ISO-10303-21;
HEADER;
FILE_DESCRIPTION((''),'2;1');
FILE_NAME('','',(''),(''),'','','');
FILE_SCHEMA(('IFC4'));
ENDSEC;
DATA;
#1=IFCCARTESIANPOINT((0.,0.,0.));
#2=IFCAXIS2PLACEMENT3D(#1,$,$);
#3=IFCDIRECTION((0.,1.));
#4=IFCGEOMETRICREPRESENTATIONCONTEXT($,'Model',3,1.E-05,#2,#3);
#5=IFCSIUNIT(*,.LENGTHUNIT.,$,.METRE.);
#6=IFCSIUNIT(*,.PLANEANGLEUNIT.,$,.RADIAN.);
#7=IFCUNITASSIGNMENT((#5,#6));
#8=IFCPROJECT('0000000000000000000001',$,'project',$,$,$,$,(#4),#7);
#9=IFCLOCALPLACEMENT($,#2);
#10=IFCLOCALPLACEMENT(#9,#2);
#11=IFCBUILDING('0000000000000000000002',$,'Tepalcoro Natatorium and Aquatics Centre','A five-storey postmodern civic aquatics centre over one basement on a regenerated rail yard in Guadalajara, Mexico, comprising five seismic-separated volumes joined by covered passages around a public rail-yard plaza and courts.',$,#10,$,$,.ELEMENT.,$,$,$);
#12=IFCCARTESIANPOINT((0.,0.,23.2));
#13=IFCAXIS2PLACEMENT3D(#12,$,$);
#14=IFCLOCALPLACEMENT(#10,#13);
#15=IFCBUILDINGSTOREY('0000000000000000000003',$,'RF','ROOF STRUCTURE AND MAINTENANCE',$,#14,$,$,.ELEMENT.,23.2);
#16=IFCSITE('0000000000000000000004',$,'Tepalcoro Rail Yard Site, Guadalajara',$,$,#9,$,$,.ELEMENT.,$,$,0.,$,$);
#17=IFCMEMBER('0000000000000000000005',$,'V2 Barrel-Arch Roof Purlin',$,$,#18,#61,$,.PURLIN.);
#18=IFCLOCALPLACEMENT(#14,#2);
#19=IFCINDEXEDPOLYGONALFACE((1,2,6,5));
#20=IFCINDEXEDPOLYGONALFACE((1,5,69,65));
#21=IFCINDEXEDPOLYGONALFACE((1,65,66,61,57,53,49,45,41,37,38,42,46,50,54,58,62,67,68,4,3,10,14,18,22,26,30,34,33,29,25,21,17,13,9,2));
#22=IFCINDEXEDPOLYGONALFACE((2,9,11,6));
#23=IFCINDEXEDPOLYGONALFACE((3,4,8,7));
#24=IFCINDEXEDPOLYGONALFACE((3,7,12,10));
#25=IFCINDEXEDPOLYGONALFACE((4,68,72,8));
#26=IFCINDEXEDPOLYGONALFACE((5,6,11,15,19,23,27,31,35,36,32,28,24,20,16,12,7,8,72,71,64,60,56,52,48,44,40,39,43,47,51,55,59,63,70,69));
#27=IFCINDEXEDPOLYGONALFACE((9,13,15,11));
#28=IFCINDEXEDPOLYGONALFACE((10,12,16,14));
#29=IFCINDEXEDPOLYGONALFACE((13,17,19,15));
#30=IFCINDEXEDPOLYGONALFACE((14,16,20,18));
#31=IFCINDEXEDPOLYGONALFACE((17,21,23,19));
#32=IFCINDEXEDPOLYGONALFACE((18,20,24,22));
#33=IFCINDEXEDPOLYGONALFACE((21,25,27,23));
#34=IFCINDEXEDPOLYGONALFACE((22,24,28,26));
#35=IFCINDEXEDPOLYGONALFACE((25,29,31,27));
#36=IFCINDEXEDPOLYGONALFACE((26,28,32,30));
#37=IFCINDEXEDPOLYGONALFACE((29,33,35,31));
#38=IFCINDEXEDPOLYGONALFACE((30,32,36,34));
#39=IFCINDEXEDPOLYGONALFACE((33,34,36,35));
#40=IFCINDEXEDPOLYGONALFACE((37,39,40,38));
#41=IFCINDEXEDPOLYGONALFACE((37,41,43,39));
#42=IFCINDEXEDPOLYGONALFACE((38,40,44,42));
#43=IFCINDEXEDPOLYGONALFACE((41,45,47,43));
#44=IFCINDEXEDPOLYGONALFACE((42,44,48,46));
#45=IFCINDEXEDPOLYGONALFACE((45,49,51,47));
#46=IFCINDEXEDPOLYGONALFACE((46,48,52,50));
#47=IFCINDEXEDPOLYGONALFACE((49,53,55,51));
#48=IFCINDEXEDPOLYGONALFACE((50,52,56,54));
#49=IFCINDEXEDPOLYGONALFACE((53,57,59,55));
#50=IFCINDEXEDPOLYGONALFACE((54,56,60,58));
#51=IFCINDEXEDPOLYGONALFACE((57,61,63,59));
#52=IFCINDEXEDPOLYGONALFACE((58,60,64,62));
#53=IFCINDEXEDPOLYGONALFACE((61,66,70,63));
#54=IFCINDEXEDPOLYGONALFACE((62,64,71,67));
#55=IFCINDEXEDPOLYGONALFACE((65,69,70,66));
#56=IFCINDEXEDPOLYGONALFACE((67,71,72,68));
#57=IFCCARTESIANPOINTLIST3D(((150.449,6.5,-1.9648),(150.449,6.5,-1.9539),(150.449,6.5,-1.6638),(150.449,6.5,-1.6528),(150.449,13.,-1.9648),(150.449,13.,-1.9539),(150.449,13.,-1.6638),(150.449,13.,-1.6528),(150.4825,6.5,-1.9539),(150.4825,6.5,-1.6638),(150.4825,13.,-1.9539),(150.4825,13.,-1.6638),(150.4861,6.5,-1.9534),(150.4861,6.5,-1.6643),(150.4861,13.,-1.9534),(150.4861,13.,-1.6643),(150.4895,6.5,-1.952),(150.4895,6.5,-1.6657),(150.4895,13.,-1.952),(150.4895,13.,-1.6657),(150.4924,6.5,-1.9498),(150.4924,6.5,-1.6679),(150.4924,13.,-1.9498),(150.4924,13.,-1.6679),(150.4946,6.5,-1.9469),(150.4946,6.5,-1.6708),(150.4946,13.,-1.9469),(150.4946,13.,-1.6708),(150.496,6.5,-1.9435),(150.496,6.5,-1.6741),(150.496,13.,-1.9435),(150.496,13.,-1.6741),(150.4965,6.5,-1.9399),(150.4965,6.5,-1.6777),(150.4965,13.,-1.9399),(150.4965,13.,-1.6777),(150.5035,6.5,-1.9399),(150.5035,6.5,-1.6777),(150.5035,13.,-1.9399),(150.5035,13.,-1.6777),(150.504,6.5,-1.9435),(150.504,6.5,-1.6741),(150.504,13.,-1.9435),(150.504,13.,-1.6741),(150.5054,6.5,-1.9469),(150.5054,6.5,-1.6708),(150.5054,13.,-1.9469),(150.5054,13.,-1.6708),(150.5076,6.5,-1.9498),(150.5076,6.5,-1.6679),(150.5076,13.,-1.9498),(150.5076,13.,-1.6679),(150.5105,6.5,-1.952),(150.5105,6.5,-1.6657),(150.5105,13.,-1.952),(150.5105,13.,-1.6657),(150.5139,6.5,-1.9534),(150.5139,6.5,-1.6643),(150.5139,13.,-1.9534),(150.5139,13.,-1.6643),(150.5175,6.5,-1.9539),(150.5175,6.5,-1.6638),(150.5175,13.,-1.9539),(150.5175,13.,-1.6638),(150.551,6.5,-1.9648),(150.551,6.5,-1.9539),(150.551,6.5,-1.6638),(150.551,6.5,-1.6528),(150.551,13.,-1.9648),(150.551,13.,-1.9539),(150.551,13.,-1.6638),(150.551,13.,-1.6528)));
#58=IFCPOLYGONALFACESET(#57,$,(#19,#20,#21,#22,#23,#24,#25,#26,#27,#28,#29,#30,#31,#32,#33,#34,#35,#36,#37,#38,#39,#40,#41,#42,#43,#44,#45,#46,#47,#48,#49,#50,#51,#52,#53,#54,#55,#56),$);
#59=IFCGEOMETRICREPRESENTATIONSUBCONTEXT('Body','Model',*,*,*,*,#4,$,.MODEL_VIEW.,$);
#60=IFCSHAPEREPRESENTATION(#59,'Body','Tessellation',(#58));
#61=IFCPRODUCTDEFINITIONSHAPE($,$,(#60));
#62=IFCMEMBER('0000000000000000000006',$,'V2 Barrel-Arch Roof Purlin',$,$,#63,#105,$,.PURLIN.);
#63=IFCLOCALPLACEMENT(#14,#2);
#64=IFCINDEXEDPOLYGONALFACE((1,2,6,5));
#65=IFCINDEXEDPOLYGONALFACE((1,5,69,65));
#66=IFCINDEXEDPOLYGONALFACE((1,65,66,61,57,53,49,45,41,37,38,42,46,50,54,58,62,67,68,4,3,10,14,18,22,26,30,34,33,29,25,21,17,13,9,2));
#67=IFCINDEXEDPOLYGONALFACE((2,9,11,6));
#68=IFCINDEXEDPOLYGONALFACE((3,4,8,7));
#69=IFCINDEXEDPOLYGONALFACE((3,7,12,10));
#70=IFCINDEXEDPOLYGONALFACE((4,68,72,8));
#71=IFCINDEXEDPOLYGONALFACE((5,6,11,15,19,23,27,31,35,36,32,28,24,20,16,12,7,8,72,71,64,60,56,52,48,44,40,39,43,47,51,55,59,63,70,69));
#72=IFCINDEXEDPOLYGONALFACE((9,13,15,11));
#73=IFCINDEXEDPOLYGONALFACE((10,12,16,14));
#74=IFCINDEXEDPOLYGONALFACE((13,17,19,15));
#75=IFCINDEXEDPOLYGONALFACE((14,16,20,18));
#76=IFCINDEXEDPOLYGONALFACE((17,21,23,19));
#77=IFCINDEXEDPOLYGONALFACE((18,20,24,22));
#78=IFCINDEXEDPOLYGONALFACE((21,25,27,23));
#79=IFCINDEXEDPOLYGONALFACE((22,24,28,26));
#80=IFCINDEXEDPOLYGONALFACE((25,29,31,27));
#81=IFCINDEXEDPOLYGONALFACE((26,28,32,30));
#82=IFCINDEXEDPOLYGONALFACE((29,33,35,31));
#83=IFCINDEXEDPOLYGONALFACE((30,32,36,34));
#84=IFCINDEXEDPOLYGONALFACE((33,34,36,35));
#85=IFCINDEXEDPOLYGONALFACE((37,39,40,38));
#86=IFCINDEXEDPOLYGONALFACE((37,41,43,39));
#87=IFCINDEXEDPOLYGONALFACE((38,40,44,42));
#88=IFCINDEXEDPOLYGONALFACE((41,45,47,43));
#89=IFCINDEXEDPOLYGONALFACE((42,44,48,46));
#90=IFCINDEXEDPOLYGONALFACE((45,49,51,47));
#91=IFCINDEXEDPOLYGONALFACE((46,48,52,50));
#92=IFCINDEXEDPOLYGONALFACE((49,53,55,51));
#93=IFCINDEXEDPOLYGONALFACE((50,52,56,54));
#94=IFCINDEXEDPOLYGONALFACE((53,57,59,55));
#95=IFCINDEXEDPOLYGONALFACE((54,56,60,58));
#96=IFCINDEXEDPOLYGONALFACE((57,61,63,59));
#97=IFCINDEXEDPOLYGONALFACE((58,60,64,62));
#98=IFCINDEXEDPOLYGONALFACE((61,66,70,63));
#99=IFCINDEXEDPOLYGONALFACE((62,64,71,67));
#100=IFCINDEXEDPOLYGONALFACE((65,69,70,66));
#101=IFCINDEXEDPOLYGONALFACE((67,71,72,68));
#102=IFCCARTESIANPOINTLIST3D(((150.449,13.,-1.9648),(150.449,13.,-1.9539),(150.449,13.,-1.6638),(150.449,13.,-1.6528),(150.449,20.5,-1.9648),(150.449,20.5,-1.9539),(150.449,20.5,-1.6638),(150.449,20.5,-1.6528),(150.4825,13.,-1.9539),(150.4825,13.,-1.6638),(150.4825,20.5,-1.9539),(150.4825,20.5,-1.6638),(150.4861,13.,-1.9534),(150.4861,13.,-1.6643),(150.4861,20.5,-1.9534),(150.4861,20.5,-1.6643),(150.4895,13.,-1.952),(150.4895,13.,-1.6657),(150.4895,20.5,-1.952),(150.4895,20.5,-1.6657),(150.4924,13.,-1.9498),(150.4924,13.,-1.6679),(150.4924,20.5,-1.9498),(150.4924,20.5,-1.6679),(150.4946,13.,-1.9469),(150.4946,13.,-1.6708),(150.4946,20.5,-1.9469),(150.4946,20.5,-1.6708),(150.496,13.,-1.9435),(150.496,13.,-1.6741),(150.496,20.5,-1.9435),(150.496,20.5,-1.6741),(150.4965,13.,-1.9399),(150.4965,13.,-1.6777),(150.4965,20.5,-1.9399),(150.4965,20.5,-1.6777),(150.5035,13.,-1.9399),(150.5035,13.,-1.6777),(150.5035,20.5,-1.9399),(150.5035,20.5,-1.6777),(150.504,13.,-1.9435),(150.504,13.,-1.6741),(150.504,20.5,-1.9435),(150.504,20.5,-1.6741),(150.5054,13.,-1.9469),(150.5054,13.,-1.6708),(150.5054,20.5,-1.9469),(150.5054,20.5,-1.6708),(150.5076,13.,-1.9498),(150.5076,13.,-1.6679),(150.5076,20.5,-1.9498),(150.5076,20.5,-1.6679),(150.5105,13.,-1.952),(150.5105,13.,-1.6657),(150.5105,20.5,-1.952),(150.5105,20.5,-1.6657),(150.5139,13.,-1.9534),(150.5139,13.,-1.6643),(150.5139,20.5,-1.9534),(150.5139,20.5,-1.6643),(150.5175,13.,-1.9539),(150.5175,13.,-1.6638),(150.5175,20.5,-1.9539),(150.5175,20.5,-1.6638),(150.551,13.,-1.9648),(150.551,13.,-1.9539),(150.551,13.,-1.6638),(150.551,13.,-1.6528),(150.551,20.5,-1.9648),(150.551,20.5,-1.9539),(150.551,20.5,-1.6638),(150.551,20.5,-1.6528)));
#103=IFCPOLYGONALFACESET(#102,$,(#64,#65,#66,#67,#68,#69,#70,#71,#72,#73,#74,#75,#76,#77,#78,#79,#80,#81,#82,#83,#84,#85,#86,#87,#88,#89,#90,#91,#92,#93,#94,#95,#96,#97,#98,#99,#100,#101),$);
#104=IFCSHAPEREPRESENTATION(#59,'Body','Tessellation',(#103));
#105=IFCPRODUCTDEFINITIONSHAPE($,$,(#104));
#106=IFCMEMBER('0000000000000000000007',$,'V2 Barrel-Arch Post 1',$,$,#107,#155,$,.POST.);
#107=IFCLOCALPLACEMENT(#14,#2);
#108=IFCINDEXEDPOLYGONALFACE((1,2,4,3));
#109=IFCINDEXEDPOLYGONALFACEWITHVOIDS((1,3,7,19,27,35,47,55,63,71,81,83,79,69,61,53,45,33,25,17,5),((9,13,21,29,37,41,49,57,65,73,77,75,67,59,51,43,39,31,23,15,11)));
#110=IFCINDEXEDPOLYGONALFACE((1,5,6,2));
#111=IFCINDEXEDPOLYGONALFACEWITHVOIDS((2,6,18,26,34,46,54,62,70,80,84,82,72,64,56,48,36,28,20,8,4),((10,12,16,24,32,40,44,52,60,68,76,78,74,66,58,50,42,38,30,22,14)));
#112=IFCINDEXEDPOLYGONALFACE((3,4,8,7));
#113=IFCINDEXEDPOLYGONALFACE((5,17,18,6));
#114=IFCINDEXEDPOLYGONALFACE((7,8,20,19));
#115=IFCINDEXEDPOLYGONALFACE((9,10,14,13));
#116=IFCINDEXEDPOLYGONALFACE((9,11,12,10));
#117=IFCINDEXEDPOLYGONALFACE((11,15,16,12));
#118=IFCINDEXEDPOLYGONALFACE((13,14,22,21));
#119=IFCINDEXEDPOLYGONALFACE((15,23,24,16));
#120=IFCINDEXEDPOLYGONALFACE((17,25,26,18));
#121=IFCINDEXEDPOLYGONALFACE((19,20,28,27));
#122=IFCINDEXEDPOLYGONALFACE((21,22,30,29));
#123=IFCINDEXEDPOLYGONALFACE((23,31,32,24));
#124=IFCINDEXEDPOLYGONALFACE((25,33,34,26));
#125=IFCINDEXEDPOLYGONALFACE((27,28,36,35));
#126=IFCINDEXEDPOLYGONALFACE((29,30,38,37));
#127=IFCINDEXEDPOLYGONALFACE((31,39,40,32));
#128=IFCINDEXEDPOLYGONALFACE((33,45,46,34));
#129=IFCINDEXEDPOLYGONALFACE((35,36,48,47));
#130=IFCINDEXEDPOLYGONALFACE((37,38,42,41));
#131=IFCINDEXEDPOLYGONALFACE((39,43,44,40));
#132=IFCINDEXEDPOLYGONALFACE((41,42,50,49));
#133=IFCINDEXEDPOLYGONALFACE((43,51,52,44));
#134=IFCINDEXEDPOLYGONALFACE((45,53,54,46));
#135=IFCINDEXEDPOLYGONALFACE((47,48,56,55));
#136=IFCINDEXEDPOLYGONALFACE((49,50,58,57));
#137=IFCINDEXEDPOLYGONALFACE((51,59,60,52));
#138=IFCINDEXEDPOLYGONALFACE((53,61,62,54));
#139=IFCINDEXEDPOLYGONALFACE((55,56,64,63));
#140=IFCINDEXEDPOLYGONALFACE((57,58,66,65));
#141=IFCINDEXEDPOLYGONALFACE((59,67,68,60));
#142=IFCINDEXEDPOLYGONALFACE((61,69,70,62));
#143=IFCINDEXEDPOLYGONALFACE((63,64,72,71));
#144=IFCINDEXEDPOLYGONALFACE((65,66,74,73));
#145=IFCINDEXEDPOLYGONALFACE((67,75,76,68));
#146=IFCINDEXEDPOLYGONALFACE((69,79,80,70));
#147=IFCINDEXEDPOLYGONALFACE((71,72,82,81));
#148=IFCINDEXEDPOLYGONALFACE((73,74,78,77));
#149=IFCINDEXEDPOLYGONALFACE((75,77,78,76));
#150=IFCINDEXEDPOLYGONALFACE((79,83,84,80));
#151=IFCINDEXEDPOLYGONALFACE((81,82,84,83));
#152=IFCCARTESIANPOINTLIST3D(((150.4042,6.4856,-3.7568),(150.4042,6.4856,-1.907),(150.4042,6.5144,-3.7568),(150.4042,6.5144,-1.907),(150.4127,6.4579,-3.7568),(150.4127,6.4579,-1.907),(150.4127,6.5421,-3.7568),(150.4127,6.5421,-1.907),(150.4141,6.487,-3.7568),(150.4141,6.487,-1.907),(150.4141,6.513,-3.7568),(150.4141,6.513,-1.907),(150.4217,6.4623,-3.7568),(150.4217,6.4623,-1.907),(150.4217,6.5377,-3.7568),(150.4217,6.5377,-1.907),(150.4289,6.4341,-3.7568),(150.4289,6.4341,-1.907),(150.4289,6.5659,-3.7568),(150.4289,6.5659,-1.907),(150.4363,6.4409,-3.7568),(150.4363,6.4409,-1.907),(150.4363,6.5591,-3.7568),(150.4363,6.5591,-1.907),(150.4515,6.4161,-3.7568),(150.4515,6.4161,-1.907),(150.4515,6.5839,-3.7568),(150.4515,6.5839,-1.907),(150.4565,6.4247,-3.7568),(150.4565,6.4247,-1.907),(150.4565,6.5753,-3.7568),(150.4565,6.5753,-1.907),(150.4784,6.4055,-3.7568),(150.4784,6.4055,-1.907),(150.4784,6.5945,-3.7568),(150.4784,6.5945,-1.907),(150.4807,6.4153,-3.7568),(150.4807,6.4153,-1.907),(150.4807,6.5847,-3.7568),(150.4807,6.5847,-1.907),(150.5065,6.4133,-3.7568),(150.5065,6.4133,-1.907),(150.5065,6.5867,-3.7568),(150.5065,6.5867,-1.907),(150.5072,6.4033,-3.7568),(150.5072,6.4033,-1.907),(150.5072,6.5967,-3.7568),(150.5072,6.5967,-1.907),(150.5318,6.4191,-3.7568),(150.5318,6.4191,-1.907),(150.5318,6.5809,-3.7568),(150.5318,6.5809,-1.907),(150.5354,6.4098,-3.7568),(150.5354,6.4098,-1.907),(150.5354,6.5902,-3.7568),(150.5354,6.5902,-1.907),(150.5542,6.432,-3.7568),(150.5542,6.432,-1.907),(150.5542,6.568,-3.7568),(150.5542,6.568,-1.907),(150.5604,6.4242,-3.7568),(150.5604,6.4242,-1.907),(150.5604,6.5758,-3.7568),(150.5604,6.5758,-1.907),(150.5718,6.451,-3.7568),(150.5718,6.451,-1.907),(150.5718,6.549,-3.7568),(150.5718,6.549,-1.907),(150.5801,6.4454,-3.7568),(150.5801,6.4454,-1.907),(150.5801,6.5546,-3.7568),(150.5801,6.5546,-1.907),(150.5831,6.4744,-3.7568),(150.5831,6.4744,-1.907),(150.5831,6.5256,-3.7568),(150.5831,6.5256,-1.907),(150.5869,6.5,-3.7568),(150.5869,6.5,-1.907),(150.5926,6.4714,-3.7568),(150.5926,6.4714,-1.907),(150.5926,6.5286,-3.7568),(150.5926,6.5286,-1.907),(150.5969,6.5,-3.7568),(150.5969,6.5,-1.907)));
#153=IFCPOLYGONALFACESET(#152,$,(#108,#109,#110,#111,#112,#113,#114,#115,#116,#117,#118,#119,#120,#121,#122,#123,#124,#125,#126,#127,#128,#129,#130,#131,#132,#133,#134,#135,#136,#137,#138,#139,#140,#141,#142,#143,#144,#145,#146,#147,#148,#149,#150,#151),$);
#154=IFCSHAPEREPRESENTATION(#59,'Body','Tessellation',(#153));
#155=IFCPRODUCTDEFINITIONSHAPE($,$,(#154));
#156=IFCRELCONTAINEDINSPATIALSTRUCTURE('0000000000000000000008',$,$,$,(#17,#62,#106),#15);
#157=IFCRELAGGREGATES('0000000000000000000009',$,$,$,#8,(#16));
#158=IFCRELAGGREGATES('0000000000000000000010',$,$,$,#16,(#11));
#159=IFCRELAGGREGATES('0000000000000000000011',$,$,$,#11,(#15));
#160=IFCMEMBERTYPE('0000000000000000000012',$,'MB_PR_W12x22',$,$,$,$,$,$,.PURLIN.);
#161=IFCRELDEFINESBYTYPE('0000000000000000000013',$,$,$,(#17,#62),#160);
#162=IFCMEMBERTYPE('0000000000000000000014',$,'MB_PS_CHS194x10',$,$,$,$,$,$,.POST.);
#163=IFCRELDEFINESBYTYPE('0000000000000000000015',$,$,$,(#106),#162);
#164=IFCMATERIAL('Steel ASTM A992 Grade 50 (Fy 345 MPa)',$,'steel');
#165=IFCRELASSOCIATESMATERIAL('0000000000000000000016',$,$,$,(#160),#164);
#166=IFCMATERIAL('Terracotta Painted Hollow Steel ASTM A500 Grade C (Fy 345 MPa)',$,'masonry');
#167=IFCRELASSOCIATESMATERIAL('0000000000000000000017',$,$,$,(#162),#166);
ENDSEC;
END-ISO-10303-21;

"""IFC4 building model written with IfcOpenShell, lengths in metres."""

from ifc_helpers import new_model, si_unit, direction, frame, origin, origin_2d, place, context, subcontext, project, spatial, hollow_circle, i_section, extrude, material, material_profile, profile_set, type_object, element, save


model = new_model("IFC4")

# Units and contexts
model_context = context("Model", 3, precision=1e-05, world=origin(), true_north=direction((0.0, 1.0)))
body_context = subcontext(model_context, "Body", "Model", "MODEL_VIEW")
ifc_project = project(units=[si_unit("LENGTHUNIT", "METRE"), si_unit("PLANEANGLEUNIT", "RADIAN")], contexts=[model_context])

# Site, building, storey
site_placement = place(None, origin())
site = spatial("IfcSite", under=ifc_project, at=site_placement, Name="Tepalcoro Rail Yard Site, Guadalajara", CompositionType="ELEMENT", RefElevation=0.0)
building_placement = place(site_placement, origin())
building = spatial("IfcBuilding", under=site, at=building_placement, Name="Tepalcoro Natatorium and Aquatics Centre", Description="A five-storey postmodern civic aquatics centre over one basement on a regenerated rail yard in Guadalajara, Mexico, comprising five seismic-separated volumes joined by covered passages around a public rail-yard plaza and courts.", CompositionType="ELEMENT")
storey_placement = place(building_placement, frame((0.0, 0.0, 23.2)))
storey = spatial("IfcBuildingStorey", under=building, at=storey_placement, Name="RF", Description="ROOF STRUCTURE AND MAINTENANCE", CompositionType="ELEMENT", Elevation=23.2)

# Shared definitions
ifc_material_1 = material(Name="Terracotta Painted Hollow Steel ASTM A500 Grade C (Fy 345 MPa)", Category="masonry")

# Members
ifc_material_2 = material(Name="Steel ASTM A992 Grade 50 (Fy 345 MPa)", Category="steel")
ifc_material_profile_1 = material_profile(ifc_material_2, i_section(OverallWidth=0.1021, OverallDepth=0.312, WebThickness=0.0071, FlangeThickness=0.011, FilletRadius=0.0139, at=origin_2d()), Name="W12X22")
ifc_profile_set_1 = profile_set([ifc_material_profile_1], Name="Steel ASTM A992 Grade 50 (Fy 345 MPa)")
member_type_1 = type_object("IfcMemberType", Name="MB_PR_W12x22", PredefinedType="PURLIN", material=ifc_profile_set_1)
member_1_placement = place(storey_placement, frame((150.5, 6.5, -1.8088), z_axis=(0.0, 1.0, 0.0), x_axis=(-1.0, 0.0, 0.0)))
element("IfcMember", 1, at=member_1_placement, inside=storey, type_object=member_type_1, Name="V2 Barrel-Arch Roof Purlin", PredefinedType="PURLIN", context=body_context, shape_type="SweptSolid", body=[
    extrude(i_section(OverallWidth=0.1021, OverallDepth=0.312, WebThickness=0.0071, FlangeThickness=0.011, FilletRadius=0.0139, at=origin_2d()), origin(), (0.0, 0.0, 1.0), 6.5),
])
member_2_placement = place(storey_placement, frame((150.5, 13.0, -1.8088), z_axis=(0.0, 1.0, 0.0), x_axis=(-1.0, 0.0, 0.0)))
element("IfcMember", 2, at=member_2_placement, inside=storey, type_object=member_type_1, Name="V2 Barrel-Arch Roof Purlin", PredefinedType="PURLIN", context=body_context, shape_type="SweptSolid", body=[
    extrude(i_section(OverallWidth=0.1021, OverallDepth=0.312, WebThickness=0.0071, FlangeThickness=0.011, FilletRadius=0.0139, at=origin_2d()), origin(), (0.0, 0.0, 1.0), 7.5),
])
ifc_material_profile_2 = material_profile(ifc_material_1, hollow_circle(Radius=0.0969, WallThickness=0.01, at=origin_2d()), Name="CHS194X10")
ifc_profile_set_2 = profile_set([ifc_material_profile_2], Name="Terracotta Painted Hollow Steel ASTM A500 Grade C (Fy 345 MPa)")
member_type_2 = type_object("IfcMemberType", Name="MB_PS_CHS194x10", PredefinedType="POST", material=ifc_profile_set_2)
member_3_placement = place(storey_placement, frame((150.5, 6.5, -3.7568), z_axis=(0.0, 0.0, 1.0), x_axis=(1.0, 0.0, 0.0)))
element("IfcMember", 3, at=member_3_placement, inside=storey, type_object=member_type_2, Name="V2 Barrel-Arch Post 1", PredefinedType="POST", context=body_context, shape_type="SweptSolid", body=[
    extrude(hollow_circle(Radius=0.0969, WallThickness=0.01, at=origin_2d()), origin(), (0.0, 0.0, 1.0), 1.8499),
])

save(model, "model.ifc")
